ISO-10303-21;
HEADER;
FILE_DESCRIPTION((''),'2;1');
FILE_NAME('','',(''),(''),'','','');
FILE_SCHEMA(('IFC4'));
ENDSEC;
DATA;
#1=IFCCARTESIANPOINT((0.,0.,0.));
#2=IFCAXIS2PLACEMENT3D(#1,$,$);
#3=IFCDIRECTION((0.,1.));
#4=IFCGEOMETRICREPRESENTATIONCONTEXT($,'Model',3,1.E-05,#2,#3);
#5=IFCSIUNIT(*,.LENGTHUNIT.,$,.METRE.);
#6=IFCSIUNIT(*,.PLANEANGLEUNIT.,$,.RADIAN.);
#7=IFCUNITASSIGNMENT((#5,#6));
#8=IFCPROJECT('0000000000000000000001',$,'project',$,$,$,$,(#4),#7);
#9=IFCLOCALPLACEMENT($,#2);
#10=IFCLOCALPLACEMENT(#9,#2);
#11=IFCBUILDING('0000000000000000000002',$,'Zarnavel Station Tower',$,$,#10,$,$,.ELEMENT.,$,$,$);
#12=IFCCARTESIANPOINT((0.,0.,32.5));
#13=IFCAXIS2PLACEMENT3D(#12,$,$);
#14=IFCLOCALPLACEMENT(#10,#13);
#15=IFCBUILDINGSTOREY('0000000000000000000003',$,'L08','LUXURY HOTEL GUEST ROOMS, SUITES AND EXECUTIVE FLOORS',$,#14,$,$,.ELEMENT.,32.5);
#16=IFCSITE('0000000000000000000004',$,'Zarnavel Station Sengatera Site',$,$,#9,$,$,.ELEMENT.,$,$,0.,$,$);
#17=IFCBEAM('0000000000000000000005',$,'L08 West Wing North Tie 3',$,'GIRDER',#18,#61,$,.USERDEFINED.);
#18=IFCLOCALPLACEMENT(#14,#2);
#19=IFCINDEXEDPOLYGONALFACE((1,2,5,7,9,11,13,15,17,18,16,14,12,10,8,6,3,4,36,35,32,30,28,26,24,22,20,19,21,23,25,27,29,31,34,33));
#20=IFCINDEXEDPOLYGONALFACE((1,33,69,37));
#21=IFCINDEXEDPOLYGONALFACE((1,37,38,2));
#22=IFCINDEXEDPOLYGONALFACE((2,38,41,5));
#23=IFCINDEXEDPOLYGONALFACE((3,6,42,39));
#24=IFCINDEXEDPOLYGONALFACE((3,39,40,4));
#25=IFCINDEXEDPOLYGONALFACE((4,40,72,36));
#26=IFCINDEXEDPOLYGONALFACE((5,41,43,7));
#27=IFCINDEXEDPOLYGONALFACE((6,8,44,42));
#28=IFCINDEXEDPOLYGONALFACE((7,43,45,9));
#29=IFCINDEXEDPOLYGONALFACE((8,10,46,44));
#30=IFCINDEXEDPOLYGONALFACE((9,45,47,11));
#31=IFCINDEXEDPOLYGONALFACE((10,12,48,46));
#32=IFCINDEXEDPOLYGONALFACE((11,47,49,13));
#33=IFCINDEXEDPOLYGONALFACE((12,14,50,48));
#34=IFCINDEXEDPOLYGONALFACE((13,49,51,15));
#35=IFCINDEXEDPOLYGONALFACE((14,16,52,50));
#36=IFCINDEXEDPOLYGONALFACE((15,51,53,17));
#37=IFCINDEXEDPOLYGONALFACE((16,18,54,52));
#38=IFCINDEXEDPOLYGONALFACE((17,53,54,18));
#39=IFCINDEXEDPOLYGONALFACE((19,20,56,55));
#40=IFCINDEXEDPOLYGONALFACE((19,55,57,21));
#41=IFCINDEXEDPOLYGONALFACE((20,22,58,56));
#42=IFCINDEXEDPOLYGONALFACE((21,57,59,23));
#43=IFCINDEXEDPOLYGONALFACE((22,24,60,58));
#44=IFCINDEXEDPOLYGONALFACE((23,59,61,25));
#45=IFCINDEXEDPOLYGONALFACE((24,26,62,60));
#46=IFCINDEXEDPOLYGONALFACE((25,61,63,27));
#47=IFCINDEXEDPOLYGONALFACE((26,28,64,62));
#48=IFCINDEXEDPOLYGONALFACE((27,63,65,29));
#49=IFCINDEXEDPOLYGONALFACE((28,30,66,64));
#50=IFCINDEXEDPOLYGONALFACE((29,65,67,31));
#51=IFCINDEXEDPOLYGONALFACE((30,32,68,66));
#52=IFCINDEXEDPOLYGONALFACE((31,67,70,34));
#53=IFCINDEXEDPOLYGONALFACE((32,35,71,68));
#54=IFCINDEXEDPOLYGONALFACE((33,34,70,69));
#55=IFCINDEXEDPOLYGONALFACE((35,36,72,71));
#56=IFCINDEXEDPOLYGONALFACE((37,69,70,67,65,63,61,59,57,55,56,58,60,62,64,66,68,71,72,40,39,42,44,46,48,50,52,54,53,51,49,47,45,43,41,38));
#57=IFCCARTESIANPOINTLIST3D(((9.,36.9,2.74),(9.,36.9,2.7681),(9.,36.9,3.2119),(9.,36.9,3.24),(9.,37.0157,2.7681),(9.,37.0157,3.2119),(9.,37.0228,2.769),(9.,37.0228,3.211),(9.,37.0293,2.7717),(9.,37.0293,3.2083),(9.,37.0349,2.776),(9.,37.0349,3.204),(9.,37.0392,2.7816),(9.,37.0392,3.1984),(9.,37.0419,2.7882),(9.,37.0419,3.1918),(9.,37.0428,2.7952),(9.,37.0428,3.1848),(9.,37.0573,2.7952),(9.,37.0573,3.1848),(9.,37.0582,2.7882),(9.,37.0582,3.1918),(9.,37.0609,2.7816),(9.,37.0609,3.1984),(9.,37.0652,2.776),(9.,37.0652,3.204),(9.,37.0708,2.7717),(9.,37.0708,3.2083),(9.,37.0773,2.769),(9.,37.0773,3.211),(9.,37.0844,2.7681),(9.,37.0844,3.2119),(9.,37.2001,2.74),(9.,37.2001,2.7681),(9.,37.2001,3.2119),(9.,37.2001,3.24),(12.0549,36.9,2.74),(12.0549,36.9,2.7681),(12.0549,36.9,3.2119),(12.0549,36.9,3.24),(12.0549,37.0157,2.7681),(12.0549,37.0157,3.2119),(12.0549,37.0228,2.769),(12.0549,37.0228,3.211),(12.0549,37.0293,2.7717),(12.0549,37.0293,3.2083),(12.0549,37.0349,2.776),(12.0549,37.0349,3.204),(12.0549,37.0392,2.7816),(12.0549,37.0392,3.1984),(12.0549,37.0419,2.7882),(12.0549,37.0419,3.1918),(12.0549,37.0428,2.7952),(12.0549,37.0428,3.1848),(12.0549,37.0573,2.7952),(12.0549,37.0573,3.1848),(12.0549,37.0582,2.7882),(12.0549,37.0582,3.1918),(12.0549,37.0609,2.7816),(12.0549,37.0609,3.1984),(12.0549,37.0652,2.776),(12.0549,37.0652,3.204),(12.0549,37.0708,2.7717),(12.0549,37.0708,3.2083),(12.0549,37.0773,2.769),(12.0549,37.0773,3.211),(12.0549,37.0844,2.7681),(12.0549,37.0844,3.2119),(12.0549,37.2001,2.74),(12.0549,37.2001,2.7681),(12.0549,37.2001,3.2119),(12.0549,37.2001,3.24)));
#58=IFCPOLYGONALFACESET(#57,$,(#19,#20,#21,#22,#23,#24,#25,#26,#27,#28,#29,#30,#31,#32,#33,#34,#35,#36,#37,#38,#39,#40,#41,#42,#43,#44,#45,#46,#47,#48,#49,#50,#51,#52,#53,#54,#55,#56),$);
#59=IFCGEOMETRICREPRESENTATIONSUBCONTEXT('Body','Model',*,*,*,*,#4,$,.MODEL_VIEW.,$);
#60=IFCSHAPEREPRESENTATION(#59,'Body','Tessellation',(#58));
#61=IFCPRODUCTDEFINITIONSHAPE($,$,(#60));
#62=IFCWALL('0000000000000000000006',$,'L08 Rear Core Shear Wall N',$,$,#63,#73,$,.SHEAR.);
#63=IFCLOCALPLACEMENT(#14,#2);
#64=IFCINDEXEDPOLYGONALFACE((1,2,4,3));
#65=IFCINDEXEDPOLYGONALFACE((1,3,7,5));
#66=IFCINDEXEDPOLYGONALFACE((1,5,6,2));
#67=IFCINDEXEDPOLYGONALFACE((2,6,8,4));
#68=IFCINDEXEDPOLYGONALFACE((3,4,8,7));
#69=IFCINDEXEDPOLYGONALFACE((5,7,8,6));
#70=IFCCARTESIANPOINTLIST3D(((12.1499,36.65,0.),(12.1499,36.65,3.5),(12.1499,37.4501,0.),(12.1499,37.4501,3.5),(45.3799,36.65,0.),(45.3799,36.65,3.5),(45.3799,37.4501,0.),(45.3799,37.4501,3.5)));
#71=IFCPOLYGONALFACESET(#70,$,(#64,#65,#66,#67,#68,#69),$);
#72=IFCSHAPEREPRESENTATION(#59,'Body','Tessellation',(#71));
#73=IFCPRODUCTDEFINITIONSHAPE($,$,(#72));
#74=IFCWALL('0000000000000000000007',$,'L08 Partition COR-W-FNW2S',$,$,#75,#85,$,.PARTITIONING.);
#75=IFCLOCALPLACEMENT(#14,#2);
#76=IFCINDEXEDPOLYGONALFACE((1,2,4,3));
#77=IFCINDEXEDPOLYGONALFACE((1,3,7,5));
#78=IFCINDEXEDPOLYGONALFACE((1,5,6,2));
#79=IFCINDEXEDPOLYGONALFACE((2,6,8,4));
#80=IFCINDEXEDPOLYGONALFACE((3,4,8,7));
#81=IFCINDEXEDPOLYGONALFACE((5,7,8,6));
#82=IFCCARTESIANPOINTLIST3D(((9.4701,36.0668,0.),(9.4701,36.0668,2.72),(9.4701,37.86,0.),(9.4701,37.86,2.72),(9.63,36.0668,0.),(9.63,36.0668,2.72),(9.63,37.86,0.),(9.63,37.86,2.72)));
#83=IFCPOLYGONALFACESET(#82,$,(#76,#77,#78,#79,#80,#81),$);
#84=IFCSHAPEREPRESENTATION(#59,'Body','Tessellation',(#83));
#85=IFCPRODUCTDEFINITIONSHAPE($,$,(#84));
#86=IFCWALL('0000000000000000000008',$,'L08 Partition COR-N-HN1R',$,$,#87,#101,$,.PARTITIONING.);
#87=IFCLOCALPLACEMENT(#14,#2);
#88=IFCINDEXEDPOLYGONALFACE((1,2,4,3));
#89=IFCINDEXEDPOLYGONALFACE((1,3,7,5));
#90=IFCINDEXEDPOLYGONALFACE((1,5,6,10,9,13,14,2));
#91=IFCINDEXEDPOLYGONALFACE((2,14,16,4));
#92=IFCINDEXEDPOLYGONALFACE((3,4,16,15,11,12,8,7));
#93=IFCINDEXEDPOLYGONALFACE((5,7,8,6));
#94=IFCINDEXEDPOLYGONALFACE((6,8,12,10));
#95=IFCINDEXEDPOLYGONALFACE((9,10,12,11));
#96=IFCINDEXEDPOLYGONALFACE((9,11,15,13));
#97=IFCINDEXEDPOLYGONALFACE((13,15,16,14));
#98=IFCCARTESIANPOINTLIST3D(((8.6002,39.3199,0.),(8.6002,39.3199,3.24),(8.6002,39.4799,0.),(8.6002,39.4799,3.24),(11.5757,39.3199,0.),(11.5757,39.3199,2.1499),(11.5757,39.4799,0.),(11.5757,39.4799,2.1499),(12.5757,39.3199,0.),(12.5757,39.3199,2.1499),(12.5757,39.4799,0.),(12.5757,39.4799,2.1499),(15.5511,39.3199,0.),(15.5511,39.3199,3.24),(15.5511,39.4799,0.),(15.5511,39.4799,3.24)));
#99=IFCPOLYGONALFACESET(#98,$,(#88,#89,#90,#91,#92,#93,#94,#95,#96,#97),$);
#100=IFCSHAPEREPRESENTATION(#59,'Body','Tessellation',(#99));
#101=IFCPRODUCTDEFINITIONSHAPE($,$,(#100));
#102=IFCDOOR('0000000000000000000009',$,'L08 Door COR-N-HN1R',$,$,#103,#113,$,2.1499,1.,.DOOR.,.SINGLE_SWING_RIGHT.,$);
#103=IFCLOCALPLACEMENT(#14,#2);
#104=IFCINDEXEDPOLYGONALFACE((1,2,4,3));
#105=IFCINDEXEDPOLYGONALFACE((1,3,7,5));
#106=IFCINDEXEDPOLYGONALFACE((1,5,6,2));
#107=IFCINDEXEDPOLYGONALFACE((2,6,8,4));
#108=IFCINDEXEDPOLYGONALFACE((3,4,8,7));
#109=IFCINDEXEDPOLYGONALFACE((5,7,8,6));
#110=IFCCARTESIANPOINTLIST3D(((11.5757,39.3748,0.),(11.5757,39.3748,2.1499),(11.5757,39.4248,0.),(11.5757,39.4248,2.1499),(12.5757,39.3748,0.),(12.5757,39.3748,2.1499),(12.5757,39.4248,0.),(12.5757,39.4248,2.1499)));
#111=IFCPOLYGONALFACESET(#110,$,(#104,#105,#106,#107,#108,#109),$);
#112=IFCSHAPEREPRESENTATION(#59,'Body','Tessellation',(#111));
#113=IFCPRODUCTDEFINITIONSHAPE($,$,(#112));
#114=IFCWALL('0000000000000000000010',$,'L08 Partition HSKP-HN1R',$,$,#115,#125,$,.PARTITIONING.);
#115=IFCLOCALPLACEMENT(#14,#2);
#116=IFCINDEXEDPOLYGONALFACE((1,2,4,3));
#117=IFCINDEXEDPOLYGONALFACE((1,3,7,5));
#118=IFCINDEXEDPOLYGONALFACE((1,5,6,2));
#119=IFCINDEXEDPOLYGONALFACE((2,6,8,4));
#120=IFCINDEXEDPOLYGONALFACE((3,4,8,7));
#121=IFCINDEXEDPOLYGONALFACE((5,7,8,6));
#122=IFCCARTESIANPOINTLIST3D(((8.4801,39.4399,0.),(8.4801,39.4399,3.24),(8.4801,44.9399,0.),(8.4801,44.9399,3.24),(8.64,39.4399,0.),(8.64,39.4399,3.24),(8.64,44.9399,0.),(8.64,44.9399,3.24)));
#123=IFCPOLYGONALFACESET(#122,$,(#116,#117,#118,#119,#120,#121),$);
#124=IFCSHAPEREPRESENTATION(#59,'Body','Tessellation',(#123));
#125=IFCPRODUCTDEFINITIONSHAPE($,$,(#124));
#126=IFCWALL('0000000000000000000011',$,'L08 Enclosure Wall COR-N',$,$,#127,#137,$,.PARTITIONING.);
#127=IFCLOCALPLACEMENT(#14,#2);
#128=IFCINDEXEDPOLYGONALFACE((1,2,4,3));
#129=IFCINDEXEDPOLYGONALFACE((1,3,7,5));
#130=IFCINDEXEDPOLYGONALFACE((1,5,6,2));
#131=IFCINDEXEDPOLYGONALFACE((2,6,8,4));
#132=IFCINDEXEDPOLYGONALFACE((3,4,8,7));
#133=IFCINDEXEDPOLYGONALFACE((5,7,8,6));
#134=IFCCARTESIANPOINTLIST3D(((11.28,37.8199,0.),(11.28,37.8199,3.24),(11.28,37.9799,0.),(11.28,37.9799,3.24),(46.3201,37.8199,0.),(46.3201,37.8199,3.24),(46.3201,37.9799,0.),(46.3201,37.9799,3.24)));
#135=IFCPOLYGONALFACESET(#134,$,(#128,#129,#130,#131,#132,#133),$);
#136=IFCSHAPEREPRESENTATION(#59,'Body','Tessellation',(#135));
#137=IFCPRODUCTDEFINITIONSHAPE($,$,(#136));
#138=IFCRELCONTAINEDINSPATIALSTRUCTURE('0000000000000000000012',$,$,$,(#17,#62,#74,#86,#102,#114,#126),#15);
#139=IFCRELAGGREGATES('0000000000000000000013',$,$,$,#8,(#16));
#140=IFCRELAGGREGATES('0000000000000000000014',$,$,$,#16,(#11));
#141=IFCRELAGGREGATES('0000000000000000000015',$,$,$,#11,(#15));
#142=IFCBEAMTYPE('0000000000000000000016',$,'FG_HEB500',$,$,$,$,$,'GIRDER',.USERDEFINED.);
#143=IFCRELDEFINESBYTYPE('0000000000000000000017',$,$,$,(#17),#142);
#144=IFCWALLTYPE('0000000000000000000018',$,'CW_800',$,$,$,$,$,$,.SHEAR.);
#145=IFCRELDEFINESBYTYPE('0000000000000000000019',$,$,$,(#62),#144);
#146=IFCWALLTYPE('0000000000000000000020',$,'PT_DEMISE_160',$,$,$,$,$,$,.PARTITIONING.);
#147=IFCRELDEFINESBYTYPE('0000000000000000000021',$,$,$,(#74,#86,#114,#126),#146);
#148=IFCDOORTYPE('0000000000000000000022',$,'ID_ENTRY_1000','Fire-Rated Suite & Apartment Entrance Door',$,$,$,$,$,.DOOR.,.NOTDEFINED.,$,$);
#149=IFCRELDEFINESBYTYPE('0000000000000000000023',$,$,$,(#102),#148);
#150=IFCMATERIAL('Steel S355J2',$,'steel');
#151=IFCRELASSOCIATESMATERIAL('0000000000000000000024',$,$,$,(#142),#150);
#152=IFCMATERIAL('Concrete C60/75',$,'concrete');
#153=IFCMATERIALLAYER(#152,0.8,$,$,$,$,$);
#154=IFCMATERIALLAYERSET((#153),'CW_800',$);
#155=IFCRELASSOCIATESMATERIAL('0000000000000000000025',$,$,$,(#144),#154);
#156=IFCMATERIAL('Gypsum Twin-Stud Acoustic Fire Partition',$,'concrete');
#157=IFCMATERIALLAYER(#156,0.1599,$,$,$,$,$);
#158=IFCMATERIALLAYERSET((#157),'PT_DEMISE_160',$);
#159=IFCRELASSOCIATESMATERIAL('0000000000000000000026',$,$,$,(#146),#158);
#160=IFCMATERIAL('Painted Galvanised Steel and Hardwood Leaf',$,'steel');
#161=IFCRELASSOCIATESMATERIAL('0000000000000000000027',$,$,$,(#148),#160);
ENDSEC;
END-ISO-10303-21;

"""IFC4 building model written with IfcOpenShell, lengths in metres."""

from ifc_helpers import new_model, si_unit, direction, frame, frame_2d, origin, origin_2d, place, context, subcontext, project, spatial, rectangle, i_section, extrude, material, layer, layer_set, material_profile, profile_set, type_object, element, fill, save


model = new_model("IFC4")

# Units and contexts
model_context = context("Model", 3, precision=1e-05, world=origin(), true_north=direction((0.0, 1.0)))
body_context = subcontext(model_context, "Body", "Model", "MODEL_VIEW")
ifc_project = project(units=[si_unit("LENGTHUNIT", "METRE"), si_unit("PLANEANGLEUNIT", "RADIAN")], contexts=[model_context])

# Site, building, storey
site_placement = place(None, origin())
site = spatial("IfcSite", under=ifc_project, at=site_placement, Name="Zarnavel Station Sengatera Site", CompositionType="ELEMENT", RefElevation=0.0)
building_placement = place(site_placement, origin())
building = spatial("IfcBuilding", under=site, at=building_placement, Name="Zarnavel Station Tower", CompositionType="ELEMENT")
storey_placement = place(building_placement, frame((0.0, 0.0, 32.5)))
storey = spatial("IfcBuildingStorey", under=building, at=storey_placement, Name="L08", Description="LUXURY HOTEL GUEST ROOMS, SUITES AND EXECUTIVE FLOORS", CompositionType="ELEMENT", Elevation=32.5)

# Beam
ifc_material_1 = material(Name="Steel S355J2", Category="steel")
ifc_material_profile_1 = material_profile(ifc_material_1, i_section(OverallWidth=0.3, OverallDepth=0.5, WebThickness=0.0144, FlangeThickness=0.0281, FilletRadius=0.0271, at=origin_2d()), Name="HEB500")
ifc_profile_set_1 = profile_set([ifc_material_profile_1], Name="Steel S355J2")
beam_type = type_object("IfcBeamType", Name="FG_HEB500", ElementType="GIRDER", PredefinedType="USERDEFINED", material=ifc_profile_set_1)
beam_1_placement = place(storey_placement, frame((9.0, 37.05, 2.99), z_axis=(1.0, 0.0, 0.0), x_axis=(0.0, 1.0, 0.0)))
element("IfcBeam", 1, at=beam_1_placement, inside=storey, type_object=beam_type, Name="L08 West Wing North Tie 3", ObjectType="GIRDER", PredefinedType="USERDEFINED", context=body_context, shape_type="SweptSolid", body=[
    extrude(i_section(OverallWidth=0.3, OverallDepth=0.5, WebThickness=0.0144, FlangeThickness=0.0281, FilletRadius=0.0271, at=origin_2d()), origin(), (0.0, 0.0, 1.0), 3.0549),
])

# Wall
ifc_material_2 = material(Name="Concrete C60/75", Category="concrete")
ifc_layer_1 = layer(ifc_material_2, 0.8)
ifc_layer_set_1 = layer_set([ifc_layer_1], Name="CW_800")
wall_type_1 = type_object("IfcWallType", Name="CW_800", PredefinedType="SHEAR", material=ifc_layer_set_1)
wall_1_placement = place(storey_placement, frame((12.1499, 37.05, 0.0), z_axis=(0.0, 0.0, 1.0), x_axis=(1.0, 0.0, 0.0)))
element("IfcWall", 2, at=wall_1_placement, inside=storey, type_object=wall_type_1, Name="L08 Rear Core Shear Wall N", PredefinedType="SHEAR", context=body_context, shape_type="SweptSolid", body=[
    extrude(rectangle(XDim=33.23, YDim=0.8, at=frame_2d((16.615, 0.0))), origin(), (0.0, 0.0, 1.0), 3.5),
])

# Wall
ifc_material_3 = material(Name="Gypsum Twin-Stud Acoustic Fire Partition", Category="concrete")
ifc_layer_2 = layer(ifc_material_3, 0.1599)
ifc_layer_set_2 = layer_set([ifc_layer_2], Name="PT_DEMISE_160")
wall_type_2 = type_object("IfcWallType", Name="PT_DEMISE_160", PredefinedType="PARTITIONING", material=ifc_layer_set_2)
wall_2_placement = place(storey_placement, frame((9.55, 36.0669, 0.0), z_axis=(0.0, 0.0, 1.0), x_axis=(0.0, 1.0, 0.0)))
element("IfcWall", 3, at=wall_2_placement, inside=storey, type_object=wall_type_2, Name="L08 Partition COR-W-FNW2S", PredefinedType="PARTITIONING", context=body_context, shape_type="SweptSolid", body=[
    extrude(rectangle(XDim=1.7932, YDim=0.1599, at=frame_2d((0.8965, 0.0))), origin(), (0.0, 0.0, 1.0), 2.72),
])

# Wall, opening, door
wall_3_placement = place(storey_placement, frame((8.6001, 39.3999, 0.0), z_axis=(0.0, 0.0, 1.0), x_axis=(1.0, 0.0, 0.0)))
wall_3 = element("IfcWall", 4, at=wall_3_placement, inside=storey, type_object=wall_type_2, Name="L08 Partition COR-N-HN1R", PredefinedType="PARTITIONING", context=body_context, shape_type="SweptSolid", body=[
    extrude(rectangle(XDim=6.9509, YDim=0.1599, at=frame_2d((3.4756, 0.0))), origin(), (0.0, 0.0, 1.0), 3.24),
])
opening_1_placement = place(wall_3_placement, frame((2.9756, 0.0, 0.0)))
opening_1 = element("IfcOpeningElement", 5, at=opening_1_placement, cuts=wall_3, PredefinedType="OPENING", context=body_context, shape_type="SweptSolid", body=[
    extrude(rectangle(XDim=1.0, YDim=2.1499, at=frame_2d((0.5, 1.075))), frame((0.0, 0.0898, 0.0), z_axis=(0.0, -1.0, 0.0), x_axis=(1.0, 0.0, 0.0)), (0.0, 0.0, 1.0), 0.1799),
])
ifc_material_4 = material(Name="Painted Galvanised Steel and Hardwood Leaf", Category="steel")
door_type = type_object("IfcDoorType", Name="ID_ENTRY_1000", Description="Fire-Rated Suite & Apartment Entrance Door", OperationType="NOTDEFINED", PredefinedType="DOOR", material=ifc_material_4)
door_placement = place(opening_1_placement, origin())
door = element("IfcDoor", 6, at=door_placement, inside=storey, type_object=door_type, Name="L08 Door COR-N-HN1R", OperationType="SINGLE_SWING_RIGHT", OverallHeight=2.1499, OverallWidth=1.0, PredefinedType="DOOR", context=body_context, shape_type="SweptSolid", body=[
    extrude(rectangle(XDim=1.0, YDim=2.1499, at=frame_2d((0.5, 1.075))), frame((0.0, 0.0249, 0.0), z_axis=(0.0, -1.0, 0.0), x_axis=(1.0, 0.0, 0.0)), (0.0, 0.0, 1.0), 0.05),
])
fill(opening_1, door)

# Walls
wall_4_placement = place(storey_placement, frame((8.5601, 39.4399, 0.0), z_axis=(0.0, 0.0, 1.0), x_axis=(0.0, 1.0, 0.0)))
element("IfcWall", 7, at=wall_4_placement, inside=storey, type_object=wall_type_2, Name="L08 Partition HSKP-HN1R", PredefinedType="PARTITIONING", context=body_context, shape_type="SweptSolid", body=[
    extrude(rectangle(XDim=5.5, YDim=0.1599, at=frame_2d((2.75, 0.0))), origin(), (0.0, 0.0, 1.0), 3.24),
])
wall_5_placement = place(storey_placement, frame((11.28, 37.8999, 0.0), z_axis=(0.0, 0.0, 1.0), x_axis=(1.0, 0.0, 0.0)))
element("IfcWall", 8, at=wall_5_placement, inside=storey, type_object=wall_type_2, Name="L08 Enclosure Wall COR-N", PredefinedType="PARTITIONING", context=body_context, shape_type="SweptSolid", body=[
    extrude(rectangle(XDim=35.04, YDim=0.1599, at=frame_2d((17.52, 0.0))), origin(), (0.0, 0.0, 1.0), 3.24),
])

save(model, "model.ifc")
